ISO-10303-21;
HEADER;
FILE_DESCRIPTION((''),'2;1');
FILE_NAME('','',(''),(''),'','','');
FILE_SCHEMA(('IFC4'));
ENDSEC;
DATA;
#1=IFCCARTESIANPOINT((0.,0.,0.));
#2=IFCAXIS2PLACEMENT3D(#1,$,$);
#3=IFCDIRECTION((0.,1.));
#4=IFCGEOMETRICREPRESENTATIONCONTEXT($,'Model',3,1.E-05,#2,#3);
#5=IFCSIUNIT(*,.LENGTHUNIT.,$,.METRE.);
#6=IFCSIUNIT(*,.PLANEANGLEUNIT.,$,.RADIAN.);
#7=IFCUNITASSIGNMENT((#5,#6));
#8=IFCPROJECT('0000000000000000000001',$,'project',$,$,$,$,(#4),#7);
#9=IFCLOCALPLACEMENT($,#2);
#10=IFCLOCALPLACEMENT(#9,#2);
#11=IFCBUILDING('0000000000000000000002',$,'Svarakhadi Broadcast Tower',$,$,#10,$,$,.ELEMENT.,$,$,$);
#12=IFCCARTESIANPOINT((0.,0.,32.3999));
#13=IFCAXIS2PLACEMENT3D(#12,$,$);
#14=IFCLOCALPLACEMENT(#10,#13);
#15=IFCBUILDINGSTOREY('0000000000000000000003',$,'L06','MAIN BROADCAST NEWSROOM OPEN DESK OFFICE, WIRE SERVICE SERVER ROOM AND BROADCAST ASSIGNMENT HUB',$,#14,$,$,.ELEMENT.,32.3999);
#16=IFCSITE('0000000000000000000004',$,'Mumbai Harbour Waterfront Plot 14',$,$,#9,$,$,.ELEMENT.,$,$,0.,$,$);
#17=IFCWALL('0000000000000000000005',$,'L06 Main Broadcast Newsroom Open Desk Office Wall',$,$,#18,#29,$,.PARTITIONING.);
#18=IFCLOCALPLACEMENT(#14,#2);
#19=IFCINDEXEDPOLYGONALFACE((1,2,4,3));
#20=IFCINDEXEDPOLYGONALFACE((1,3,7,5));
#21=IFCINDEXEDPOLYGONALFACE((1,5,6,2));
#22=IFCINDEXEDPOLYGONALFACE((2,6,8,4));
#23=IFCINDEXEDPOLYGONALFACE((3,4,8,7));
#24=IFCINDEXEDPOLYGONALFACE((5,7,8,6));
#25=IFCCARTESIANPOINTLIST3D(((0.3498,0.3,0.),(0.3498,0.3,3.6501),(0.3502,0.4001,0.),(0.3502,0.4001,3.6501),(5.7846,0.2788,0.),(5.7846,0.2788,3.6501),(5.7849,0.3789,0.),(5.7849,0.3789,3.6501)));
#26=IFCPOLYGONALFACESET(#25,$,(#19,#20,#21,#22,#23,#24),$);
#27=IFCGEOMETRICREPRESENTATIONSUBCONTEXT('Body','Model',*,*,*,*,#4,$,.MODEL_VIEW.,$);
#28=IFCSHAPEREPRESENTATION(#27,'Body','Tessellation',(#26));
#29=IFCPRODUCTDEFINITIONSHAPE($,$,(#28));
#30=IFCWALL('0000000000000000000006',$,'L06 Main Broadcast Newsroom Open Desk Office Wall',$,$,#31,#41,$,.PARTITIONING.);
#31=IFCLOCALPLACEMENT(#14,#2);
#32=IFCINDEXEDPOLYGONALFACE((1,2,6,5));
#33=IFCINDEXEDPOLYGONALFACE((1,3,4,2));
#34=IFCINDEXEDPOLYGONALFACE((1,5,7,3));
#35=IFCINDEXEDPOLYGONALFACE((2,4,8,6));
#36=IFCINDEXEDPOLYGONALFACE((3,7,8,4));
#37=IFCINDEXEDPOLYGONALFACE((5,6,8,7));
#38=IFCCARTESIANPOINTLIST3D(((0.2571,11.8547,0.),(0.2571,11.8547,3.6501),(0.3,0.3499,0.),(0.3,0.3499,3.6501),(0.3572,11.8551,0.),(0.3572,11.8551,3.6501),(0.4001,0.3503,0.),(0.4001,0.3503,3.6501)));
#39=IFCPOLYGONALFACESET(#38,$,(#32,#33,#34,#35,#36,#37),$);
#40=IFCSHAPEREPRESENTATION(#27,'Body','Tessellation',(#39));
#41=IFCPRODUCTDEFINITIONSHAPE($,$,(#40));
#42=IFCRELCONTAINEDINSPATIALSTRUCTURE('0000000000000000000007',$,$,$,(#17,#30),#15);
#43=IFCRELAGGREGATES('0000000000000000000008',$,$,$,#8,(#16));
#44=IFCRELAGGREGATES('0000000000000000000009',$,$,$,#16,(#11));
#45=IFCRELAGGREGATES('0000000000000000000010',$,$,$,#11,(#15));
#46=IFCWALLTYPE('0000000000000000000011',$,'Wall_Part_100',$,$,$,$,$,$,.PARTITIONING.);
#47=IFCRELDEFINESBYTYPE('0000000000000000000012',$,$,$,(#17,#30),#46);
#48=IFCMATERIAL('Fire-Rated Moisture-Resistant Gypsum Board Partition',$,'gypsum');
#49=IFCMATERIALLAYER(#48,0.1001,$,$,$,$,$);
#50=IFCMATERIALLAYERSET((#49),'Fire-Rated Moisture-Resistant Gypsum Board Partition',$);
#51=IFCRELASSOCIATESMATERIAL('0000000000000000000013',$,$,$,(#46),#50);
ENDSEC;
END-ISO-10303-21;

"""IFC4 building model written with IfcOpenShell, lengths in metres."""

from ifc_helpers import new_model, si_unit, direction, frame, frame_2d, origin, place, context, subcontext, project, spatial, rectangle, extrude, material, layer, layer_set, type_object, element, save


model = new_model("IFC4")

# Units and contexts
model_context = context("Model", 3, precision=1e-05, world=origin(), true_north=direction((0.0, 1.0)))
body_context = subcontext(model_context, "Body", "Model", "MODEL_VIEW")
ifc_project = project(units=[si_unit("LENGTHUNIT", "METRE"), si_unit("PLANEANGLEUNIT", "RADIAN")], contexts=[model_context])

# Site, building, storey
site_placement = place(None, origin())
site = spatial("IfcSite", under=ifc_project, at=site_placement, Name="Mumbai Harbour Waterfront Plot 14", CompositionType="ELEMENT", RefElevation=0.0)
building_placement = place(site_placement, origin())
building = spatial("IfcBuilding", under=site, at=building_placement, Name="Svarakhadi Broadcast Tower", CompositionType="ELEMENT")
storey_placement = place(building_placement, frame((0.0, 0.0, 32.3999)))
storey = spatial("IfcBuildingStorey", under=building, at=storey_placement, Name="L06", Description="MAIN BROADCAST NEWSROOM OPEN DESK OFFICE, WIRE SERVICE SERVER ROOM AND BROADCAST ASSIGNMENT HUB", CompositionType="ELEMENT", Elevation=32.3999)

# Walls
ifc_material_1 = material(Name="Fire-Rated Moisture-Resistant Gypsum Board Partition", Category="gypsum")
ifc_layer_1 = layer(ifc_material_1, 0.1001)
ifc_layer_set_1 = layer_set([ifc_layer_1], Name="Fire-Rated Moisture-Resistant Gypsum Board Partition")
wall_type = type_object("IfcWallType", Name="Wall_Part_100", PredefinedType="PARTITIONING", material=ifc_layer_set_1)
wall_1_placement = place(storey_placement, frame((0.3501, 0.3501, 0.0), z_axis=(0.0, 0.0, 1.0), x_axis=(0.999992, -0.003908, 0.0)))
element("IfcWall", 1, at=wall_1_placement, inside=storey, type_object=wall_type, Name="L06 Main Broadcast Newsroom Open Desk Office Wall", PredefinedType="PARTITIONING", context=body_context, shape_type="SweptSolid", body=[
    extrude(rectangle(XDim=5.4348, YDim=0.1001, at=frame_2d((2.7173, 0.0))), origin(), (0.0, 0.0, 1.0), 3.6501),
])
wall_2_placement = place(storey_placement, frame((0.3501, 0.3501, 0.0), z_axis=(0.0, 0.0, 1.0), x_axis=(-0.003735, 0.999993, 0.0)))
element("IfcWall", 2, at=wall_2_placement, inside=storey, type_object=wall_type, Name="L06 Main Broadcast Newsroom Open Desk Office Wall", PredefinedType="PARTITIONING", context=body_context, shape_type="SweptSolid", body=[
    extrude(rectangle(XDim=11.5049, YDim=0.1001, at=frame_2d((5.7524, 0.0))), origin(), (0.0, 0.0, 1.0), 3.6501),
])

save(model, "model.ifc")
